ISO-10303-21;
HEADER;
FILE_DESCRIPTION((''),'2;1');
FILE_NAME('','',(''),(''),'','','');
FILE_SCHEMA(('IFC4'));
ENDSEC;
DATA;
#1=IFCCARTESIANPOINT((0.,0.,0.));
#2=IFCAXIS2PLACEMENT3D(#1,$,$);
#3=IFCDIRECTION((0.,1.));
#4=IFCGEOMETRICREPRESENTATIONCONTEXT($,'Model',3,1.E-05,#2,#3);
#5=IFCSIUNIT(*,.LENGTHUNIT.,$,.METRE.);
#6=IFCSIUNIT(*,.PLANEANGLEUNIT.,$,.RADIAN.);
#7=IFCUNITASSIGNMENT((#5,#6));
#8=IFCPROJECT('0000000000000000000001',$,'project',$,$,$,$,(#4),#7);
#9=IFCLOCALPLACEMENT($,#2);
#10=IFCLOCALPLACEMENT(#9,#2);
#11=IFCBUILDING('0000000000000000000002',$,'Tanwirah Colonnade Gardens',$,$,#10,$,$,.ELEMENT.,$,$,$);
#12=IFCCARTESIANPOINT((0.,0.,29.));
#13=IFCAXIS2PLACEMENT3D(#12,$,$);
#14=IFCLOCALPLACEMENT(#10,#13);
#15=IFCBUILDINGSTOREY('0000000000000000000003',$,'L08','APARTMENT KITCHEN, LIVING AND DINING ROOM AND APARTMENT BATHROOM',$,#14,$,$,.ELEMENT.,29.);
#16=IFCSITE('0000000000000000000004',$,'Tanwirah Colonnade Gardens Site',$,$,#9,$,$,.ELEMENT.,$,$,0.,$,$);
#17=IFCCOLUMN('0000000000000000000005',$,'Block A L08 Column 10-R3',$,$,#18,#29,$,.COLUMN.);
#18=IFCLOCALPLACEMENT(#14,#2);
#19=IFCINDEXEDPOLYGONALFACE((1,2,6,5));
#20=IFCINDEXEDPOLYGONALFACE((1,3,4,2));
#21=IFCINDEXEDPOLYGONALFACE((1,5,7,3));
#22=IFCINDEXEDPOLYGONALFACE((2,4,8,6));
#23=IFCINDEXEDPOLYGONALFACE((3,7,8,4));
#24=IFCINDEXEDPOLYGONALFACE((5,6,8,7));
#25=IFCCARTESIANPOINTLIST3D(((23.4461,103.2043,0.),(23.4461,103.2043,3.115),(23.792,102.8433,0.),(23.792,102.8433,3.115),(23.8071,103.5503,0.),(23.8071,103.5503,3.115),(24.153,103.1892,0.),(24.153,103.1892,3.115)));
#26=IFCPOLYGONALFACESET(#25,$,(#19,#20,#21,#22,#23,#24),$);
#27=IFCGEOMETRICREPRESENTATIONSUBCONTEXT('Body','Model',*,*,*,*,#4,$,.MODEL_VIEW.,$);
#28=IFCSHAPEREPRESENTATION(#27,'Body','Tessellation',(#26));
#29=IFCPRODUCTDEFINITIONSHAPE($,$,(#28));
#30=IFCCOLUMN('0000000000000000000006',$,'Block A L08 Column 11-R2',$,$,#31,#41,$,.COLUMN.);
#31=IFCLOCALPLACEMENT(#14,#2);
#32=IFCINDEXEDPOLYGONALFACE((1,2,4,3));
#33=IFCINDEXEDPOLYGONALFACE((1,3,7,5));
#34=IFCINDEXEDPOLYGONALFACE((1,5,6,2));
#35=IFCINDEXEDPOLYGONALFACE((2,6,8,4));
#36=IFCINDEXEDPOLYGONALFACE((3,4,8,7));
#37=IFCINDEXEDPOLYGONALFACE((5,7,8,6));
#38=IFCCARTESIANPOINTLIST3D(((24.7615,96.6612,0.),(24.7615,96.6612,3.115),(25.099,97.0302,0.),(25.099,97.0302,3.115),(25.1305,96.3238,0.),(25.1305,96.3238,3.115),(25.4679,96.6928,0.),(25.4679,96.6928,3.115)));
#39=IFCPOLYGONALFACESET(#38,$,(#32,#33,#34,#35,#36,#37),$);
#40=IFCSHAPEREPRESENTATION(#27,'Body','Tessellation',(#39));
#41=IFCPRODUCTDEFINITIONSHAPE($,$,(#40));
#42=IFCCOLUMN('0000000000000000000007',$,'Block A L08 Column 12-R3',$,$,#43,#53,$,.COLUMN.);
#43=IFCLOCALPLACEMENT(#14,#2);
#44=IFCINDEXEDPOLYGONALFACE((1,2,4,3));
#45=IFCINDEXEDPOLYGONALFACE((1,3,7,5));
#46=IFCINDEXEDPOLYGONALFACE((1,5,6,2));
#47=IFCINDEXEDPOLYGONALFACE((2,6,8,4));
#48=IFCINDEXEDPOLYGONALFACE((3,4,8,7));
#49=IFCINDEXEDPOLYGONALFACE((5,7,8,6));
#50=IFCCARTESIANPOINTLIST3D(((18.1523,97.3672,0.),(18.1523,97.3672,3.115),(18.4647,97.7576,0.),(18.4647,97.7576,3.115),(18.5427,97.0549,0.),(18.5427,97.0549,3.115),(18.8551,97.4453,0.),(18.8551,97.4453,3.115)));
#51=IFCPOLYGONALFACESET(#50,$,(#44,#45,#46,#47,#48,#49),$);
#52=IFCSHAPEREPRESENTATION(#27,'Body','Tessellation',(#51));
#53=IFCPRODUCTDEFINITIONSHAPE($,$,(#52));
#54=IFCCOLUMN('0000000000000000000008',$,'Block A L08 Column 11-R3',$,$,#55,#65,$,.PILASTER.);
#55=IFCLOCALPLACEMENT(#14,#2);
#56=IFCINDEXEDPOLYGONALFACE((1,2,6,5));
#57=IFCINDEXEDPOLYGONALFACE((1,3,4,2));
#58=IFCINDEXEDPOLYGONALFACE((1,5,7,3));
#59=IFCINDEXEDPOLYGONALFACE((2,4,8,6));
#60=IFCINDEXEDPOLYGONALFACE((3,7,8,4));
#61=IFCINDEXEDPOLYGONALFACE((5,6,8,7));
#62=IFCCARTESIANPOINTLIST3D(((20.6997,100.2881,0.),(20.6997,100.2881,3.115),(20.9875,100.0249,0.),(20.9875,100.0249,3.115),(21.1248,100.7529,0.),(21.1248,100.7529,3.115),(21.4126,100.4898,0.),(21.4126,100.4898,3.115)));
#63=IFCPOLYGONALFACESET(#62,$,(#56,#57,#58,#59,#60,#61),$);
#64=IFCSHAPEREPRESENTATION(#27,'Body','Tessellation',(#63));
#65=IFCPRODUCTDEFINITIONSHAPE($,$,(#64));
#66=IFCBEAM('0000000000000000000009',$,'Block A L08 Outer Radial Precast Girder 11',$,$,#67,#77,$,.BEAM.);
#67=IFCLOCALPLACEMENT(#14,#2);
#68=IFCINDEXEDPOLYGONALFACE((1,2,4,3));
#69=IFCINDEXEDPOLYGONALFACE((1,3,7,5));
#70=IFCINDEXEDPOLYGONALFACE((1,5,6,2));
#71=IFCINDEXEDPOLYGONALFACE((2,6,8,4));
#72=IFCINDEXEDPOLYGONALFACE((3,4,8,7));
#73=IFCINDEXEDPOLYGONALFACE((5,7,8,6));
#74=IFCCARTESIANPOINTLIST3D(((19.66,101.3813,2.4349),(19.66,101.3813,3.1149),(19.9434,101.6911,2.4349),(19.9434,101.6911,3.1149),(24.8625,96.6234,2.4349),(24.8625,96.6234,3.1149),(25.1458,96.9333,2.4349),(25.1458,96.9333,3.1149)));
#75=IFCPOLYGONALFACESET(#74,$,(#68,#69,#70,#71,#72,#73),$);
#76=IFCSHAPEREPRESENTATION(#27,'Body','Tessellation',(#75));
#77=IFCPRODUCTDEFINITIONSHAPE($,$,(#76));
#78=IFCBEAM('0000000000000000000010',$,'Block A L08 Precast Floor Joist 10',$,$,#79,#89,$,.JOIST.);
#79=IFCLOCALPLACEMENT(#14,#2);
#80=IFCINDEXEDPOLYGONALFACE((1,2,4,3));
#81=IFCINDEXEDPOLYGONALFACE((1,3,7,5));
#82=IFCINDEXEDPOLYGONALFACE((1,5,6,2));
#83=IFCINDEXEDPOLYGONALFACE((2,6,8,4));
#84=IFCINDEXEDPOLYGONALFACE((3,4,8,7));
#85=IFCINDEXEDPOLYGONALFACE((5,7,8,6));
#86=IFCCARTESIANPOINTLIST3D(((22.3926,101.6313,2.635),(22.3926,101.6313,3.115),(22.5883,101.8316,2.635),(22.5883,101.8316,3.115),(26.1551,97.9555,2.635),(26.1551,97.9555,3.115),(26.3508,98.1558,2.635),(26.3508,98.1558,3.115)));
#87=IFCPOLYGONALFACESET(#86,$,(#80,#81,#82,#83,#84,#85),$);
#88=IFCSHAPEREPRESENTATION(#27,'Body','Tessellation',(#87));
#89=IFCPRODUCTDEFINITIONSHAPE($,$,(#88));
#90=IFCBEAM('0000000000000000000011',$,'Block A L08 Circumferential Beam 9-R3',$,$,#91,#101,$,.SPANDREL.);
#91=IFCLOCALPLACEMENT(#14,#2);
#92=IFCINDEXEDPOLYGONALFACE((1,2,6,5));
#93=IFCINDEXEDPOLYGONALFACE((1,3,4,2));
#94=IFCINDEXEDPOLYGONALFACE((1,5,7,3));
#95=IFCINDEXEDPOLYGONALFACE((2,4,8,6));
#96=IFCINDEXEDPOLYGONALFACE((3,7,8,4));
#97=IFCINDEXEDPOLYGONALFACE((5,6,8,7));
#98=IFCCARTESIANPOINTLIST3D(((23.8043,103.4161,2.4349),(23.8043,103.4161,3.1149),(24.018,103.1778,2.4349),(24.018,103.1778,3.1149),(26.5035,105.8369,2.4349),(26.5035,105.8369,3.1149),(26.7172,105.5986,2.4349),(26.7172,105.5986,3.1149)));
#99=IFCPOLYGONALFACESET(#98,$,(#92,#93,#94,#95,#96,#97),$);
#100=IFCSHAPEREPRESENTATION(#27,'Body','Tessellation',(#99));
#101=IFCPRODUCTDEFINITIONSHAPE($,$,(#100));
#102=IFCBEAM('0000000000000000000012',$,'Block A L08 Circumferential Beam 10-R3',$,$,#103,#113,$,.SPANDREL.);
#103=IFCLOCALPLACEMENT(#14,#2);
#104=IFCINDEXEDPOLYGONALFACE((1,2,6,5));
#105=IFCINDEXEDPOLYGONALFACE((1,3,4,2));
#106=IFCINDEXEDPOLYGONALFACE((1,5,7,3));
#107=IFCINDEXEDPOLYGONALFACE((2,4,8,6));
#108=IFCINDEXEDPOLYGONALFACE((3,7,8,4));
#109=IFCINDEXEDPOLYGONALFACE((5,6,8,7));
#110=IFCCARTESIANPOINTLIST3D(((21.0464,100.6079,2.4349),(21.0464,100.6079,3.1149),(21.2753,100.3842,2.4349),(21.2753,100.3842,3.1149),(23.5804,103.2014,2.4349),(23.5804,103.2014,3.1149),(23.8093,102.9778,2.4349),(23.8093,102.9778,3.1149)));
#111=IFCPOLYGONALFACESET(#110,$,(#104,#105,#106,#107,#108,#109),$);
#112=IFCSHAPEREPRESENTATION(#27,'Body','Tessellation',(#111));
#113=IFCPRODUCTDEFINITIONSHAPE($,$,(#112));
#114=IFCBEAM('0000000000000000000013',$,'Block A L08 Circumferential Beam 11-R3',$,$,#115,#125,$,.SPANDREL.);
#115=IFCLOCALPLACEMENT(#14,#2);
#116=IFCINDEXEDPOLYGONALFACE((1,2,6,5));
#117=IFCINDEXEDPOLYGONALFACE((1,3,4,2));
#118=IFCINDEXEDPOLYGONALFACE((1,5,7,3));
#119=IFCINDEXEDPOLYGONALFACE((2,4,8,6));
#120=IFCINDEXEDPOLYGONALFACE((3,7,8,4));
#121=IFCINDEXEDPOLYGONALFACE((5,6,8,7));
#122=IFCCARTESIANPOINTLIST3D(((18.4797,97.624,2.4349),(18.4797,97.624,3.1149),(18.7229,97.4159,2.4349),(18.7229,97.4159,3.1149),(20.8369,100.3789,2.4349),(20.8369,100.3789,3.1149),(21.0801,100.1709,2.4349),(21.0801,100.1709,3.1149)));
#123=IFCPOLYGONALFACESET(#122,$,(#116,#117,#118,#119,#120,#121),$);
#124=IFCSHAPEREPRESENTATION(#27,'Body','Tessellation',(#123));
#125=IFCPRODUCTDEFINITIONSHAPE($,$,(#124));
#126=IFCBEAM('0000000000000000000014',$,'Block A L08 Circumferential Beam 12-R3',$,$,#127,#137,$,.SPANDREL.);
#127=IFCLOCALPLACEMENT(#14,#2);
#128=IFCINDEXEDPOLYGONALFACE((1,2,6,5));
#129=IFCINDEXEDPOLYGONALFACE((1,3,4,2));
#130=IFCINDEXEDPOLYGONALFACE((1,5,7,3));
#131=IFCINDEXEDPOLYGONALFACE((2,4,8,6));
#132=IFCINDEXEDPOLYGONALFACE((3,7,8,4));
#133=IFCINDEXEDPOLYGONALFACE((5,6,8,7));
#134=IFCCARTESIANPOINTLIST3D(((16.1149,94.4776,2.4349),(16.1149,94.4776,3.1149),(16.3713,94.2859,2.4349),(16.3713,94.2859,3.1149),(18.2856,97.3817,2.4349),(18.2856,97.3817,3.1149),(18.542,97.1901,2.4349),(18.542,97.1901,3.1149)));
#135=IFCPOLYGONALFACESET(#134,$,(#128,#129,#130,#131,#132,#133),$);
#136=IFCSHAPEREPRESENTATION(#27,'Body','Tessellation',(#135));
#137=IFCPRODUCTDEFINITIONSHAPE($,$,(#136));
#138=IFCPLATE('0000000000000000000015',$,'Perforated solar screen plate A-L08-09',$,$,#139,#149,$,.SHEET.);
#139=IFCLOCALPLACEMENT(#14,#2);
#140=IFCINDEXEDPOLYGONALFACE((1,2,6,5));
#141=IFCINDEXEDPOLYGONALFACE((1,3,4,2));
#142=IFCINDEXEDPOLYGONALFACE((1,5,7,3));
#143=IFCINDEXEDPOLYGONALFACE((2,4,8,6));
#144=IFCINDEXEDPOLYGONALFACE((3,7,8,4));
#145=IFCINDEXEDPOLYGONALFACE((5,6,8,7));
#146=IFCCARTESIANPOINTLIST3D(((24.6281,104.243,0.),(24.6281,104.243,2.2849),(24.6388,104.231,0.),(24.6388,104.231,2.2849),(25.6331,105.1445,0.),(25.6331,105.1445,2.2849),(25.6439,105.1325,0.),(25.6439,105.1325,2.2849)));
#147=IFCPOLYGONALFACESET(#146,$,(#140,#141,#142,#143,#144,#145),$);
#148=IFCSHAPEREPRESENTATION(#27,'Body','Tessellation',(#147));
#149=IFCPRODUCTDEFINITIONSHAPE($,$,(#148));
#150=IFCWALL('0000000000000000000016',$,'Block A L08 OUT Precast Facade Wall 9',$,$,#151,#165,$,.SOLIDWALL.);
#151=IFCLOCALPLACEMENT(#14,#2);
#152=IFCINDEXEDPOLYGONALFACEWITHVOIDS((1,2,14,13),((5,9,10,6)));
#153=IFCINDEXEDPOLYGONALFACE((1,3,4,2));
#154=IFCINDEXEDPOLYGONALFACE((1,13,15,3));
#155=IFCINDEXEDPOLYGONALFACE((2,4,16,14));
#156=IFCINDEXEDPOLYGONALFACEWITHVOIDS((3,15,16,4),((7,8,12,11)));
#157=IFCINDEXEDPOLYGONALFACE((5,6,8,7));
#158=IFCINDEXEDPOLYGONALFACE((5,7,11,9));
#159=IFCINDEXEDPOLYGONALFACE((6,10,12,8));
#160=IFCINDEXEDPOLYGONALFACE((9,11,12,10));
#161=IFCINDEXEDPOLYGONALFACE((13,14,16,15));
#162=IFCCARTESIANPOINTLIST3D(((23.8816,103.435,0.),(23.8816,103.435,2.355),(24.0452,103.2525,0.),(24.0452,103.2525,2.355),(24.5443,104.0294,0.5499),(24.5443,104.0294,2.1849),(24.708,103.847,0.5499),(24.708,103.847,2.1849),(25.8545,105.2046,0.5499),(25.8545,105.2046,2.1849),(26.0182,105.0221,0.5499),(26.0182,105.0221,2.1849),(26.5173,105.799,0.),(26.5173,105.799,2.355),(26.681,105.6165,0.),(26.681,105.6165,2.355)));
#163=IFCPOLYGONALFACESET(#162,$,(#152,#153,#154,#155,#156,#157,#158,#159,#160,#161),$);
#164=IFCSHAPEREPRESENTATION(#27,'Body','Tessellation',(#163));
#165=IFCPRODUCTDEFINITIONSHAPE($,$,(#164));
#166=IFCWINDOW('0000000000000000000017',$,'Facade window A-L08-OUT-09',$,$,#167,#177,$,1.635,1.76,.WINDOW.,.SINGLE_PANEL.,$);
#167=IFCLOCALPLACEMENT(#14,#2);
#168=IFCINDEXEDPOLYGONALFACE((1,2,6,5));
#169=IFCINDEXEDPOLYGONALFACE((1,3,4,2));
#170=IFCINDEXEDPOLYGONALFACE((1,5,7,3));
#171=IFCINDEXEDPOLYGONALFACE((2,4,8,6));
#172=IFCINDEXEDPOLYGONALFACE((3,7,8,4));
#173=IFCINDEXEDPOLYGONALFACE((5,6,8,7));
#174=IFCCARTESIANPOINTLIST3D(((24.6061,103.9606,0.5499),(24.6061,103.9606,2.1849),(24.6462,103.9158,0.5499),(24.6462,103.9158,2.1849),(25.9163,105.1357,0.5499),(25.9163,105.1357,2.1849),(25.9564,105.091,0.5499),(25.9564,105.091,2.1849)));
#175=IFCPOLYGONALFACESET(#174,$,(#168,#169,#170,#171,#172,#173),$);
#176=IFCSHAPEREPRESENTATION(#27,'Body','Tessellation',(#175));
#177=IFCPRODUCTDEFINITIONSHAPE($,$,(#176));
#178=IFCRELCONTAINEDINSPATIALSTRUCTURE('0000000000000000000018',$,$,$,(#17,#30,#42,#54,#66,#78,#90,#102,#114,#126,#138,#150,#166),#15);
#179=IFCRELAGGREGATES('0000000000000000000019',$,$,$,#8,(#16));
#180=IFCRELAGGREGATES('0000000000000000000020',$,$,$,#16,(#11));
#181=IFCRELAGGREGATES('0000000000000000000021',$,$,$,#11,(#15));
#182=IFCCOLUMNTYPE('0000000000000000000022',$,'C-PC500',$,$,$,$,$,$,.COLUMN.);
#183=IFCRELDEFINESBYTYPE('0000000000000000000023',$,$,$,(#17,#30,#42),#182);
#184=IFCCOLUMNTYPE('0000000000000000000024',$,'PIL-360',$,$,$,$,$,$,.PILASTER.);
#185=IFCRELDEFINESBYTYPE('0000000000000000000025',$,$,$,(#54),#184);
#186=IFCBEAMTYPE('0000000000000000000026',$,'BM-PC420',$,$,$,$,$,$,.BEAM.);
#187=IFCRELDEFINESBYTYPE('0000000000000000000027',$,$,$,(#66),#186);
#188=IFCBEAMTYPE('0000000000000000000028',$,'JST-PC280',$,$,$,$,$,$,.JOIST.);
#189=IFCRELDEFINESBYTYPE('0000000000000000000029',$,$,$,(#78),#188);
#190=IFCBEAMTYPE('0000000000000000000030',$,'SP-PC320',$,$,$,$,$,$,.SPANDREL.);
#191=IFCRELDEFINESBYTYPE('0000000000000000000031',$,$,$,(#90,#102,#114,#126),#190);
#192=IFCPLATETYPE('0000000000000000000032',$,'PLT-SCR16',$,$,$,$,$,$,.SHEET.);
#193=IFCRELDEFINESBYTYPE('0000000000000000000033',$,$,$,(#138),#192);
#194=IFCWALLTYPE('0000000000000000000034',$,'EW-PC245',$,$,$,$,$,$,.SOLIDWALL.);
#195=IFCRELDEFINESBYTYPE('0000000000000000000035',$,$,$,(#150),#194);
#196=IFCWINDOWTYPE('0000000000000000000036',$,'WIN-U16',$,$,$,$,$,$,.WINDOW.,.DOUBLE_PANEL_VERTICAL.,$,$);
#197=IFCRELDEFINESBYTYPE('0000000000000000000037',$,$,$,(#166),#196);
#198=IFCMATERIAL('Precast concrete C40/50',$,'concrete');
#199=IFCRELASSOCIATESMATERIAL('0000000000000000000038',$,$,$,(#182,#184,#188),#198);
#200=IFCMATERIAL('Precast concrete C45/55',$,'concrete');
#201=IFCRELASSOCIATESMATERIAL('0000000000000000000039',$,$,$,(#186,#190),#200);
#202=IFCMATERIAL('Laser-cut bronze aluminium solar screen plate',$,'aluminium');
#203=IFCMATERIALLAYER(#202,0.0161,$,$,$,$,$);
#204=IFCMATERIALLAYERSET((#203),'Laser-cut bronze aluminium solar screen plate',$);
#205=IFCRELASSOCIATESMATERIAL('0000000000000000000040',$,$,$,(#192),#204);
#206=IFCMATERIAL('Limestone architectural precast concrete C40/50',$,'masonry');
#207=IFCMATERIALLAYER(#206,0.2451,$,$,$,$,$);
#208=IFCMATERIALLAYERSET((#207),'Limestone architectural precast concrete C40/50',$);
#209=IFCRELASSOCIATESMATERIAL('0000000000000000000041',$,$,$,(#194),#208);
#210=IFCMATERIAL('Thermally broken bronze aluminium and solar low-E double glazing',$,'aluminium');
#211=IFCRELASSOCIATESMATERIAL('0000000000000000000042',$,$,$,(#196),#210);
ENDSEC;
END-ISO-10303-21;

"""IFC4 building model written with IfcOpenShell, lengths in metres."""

from ifc_helpers import new_model, si_unit, direction, frame, frame_2d, origin, origin_2d, place, context, subcontext, project, spatial, rectangle, extrude, material, layer, layer_set, material_profile, profile_set, type_object, element, fill, save


model = new_model("IFC4")

# Units and contexts
model_context = context("Model", 3, precision=1e-05, world=origin(), true_north=direction((0.0, 1.0)))
body_context = subcontext(model_context, "Body", "Model", "MODEL_VIEW")
ifc_project = project(units=[si_unit("LENGTHUNIT", "METRE"), si_unit("PLANEANGLEUNIT", "RADIAN")], contexts=[model_context])

# Site, building, storey
site_placement = place(None, origin())
site = spatial("IfcSite", under=ifc_project, at=site_placement, Name="Tanwirah Colonnade Gardens Site", CompositionType="ELEMENT", RefElevation=0.0)
building_placement = place(site_placement, origin())
building = spatial("IfcBuilding", under=site, at=building_placement, Name="Tanwirah Colonnade Gardens", CompositionType="ELEMENT")
storey_placement = place(building_placement, frame((0.0, 0.0, 29.0)))
storey = spatial("IfcBuildingStorey", under=building, at=storey_placement, Name="L08", Description="APARTMENT KITCHEN, LIVING AND DINING ROOM AND APARTMENT BATHROOM", CompositionType="ELEMENT", Elevation=29.0)

# Columns
ifc_material_1 = material(Name="Precast concrete C40/50", Category="concrete")
ifc_material_profile_1 = material_profile(ifc_material_1, rectangle(XDim=0.5, YDim=0.5, at=origin_2d()), Name="PC-COL 500x500")
ifc_profile_set_1 = profile_set([ifc_material_profile_1], Name="Precast concrete C40/50")
column_type_1 = type_object("IfcColumnType", Name="C-PC500", PredefinedType="COLUMN", material=ifc_profile_set_1)
for number, where, z_axis, x_axis, name in (
    (1, (23.7996, 103.1968, 0.0), (0.0, 0.0, 1.0), (-0.691863, 0.722029, 0.0), "Block A L08 Column 10-R3"),
    (2, (25.1147, 96.677, 0.0), (0.0, 0.0, 1.0), (-0.737932, 0.674875, 0.0), "Block A L08 Column 11-R2"),
    (3, (18.5037, 97.4062, 0.0), (0.0, 0.0, 1.0), (-0.780794, 0.624788, 0.0), "Block A L08 Column 12-R3"),
):
    element("IfcColumn", number, at=place(storey_placement, frame(where, z_axis=z_axis, x_axis=x_axis)), inside=storey, type_object=column_type_1, Name=name, PredefinedType="COLUMN", context=body_context, shape_type="SweptSolid", body=[
        extrude(rectangle(XDim=0.5, YDim=0.5, at=origin_2d()), origin(), (0.0, 0.0, 1.0), 3.115),
    ])
ifc_material_profile_2 = material_profile(ifc_material_1, rectangle(XDim=0.3899, YDim=0.6299, at=origin_2d()), Name="PC-PIL 390x630")
ifc_profile_set_2 = profile_set([ifc_material_profile_2], Name="Precast concrete C40/50")
column_type_2 = type_object("IfcColumnType", Name="PIL-360", PredefinedType="PILASTER", material=ifc_profile_set_2)
column_placement = place(storey_placement, frame((21.0562, 100.3889, 0.0), z_axis=(0.0, 0.0, 1.0), x_axis=(-0.737932, 0.674875, 0.0)))
element("IfcColumn", 4, at=column_placement, inside=storey, type_object=column_type_2, Name="Block A L08 Column 11-R3", PredefinedType="PILASTER", context=body_context, shape_type="SweptSolid", body=[
    extrude(rectangle(XDim=0.3899, YDim=0.6299, at=origin_2d()), origin(), (0.0, 0.0, 1.0), 3.115),
])

# Beams
ifc_material_2 = material(Name="Precast concrete C45/55", Category="concrete")
ifc_material_profile_3 = material_profile(ifc_material_2, rectangle(XDim=0.4199, YDim=0.6799, at=origin_2d()), Name="PC-BM 420x680")
ifc_profile_set_3 = profile_set([ifc_material_profile_3], Name="Precast concrete C45/55")
beam_type_1 = type_object("IfcBeamType", Name="BM-PC420", PredefinedType="BEAM", material=ifc_profile_set_3)
beam_1_placement = place(storey_placement, frame((25.0042, 96.7783, 2.7749), z_axis=(-0.737934, 0.674873, 0.0), x_axis=(-0.674873, -0.737934, 0.0)))
element("IfcBeam", 5, at=beam_1_placement, inside=storey, type_object=beam_type_1, Name="Block A L08 Outer Radial Precast Girder 11", PredefinedType="BEAM", context=body_context, shape_type="SweptSolid", body=[
    extrude(rectangle(XDim=0.4199, YDim=0.6799, at=origin_2d()), origin(), (0.0, 0.0, 1.0), 7.05),
])
ifc_material_profile_4 = material_profile(ifc_material_1, rectangle(XDim=0.28, YDim=0.48, at=origin_2d()), Name="PC-JST 280x480")
ifc_profile_set_4 = profile_set([ifc_material_profile_4], Name="Precast concrete C40/50")
beam_type_2 = type_object("IfcBeamType", Name="JST-PC280", PredefinedType="JOIST", material=ifc_profile_set_4)
beam_2_placement = place(storey_placement, frame((26.2529, 98.0557, 2.875), z_axis=(-0.715297, 0.69882, 0.0), x_axis=(-0.69882, -0.715297, 0.0)))
element("IfcBeam", 6, at=beam_2_placement, inside=storey, type_object=beam_type_2, Name="Block A L08 Precast Floor Joist 10", PredefinedType="JOIST", context=body_context, shape_type="SweptSolid", body=[
    extrude(rectangle(XDim=0.28, YDim=0.48, at=origin_2d()), origin(), (0.0, 0.0, 1.0), 5.26),
])
ifc_material_profile_5 = material_profile(ifc_material_2, rectangle(XDim=0.3201, YDim=0.6799, at=origin_2d()), Name="PC-SP 320x680")
ifc_profile_set_5 = profile_set([ifc_material_profile_5], Name="Precast concrete C45/55")
beam_type_3 = type_object("IfcBeamType", Name="SP-PC320", PredefinedType="SPANDREL", material=ifc_profile_set_5)
beam_3_placement = place(storey_placement, frame((26.6104, 105.7178, 2.7749), z_axis=(-0.744445, -0.667684, 0.0), x_axis=(0.667684, -0.744445, 0.0)))
element("IfcBeam", 7, at=beam_3_placement, inside=storey, type_object=beam_type_3, Name="Block A L08 Circumferential Beam 9-R3", PredefinedType="SPANDREL", context=body_context, shape_type="SweptSolid", body=[
    extrude(rectangle(XDim=0.3201, YDim=0.6799, at=origin_2d()), origin(), (0.0, 0.0, 1.0), 3.6257),
])
beam_4_placement = place(storey_placement, frame((23.6948, 103.0896, 2.7749), z_axis=(-0.698844, -0.715274, 0.0), x_axis=(0.715274, -0.698844, 0.0)))
element("IfcBeam", 8, at=beam_4_placement, inside=storey, type_object=beam_type_3, Name="Block A L08 Circumferential Beam 10-R3", PredefinedType="SPANDREL", context=body_context, shape_type="SweptSolid", body=[
    extrude(rectangle(XDim=0.3201, YDim=0.6799, at=origin_2d()), origin(), (0.0, 0.0, 1.0), 3.626),
])
for number, where, z_axis, x_axis, name in (
    (9, (20.9585, 100.2749, 2.7749), (-0.650131, -0.759822, 0.0), (0.759822, -0.650131, 0.0), "Block A L08 Circumferential Beam 11-R3"),
    (10, (18.4138, 97.2859, 2.7749), (-0.598696, -0.800977, 0.0), (0.800977, -0.598696, 0.0), "Block A L08 Circumferential Beam 12-R3"),
):
    element("IfcBeam", number, at=place(storey_placement, frame(where, z_axis=z_axis, x_axis=x_axis)), inside=storey, type_object=beam_type_3, Name=name, PredefinedType="SPANDREL", context=body_context, shape_type="SweptSolid", body=[
        extrude(rectangle(XDim=0.3201, YDim=0.6799, at=origin_2d()), origin(), (0.0, 0.0, 1.0), 3.6257),
    ])

# Plate
ifc_material_3 = material(Name="Laser-cut bronze aluminium solar screen plate", Category="aluminium")
ifc_layer_1 = layer(ifc_material_3, 0.0161)
ifc_layer_set_1 = layer_set([ifc_layer_1], Name="Laser-cut bronze aluminium solar screen plate")
plate_type = type_object("IfcPlateType", Name="PLT-SCR16", PredefinedType="SHEET", material=ifc_layer_set_1)
plate_placement = place(storey_placement, frame((25.136, 104.6877, 0.0), z_axis=(0.0, 0.0, 1.0), x_axis=(-0.74444, -0.66769, 0.0)))
element("IfcPlate", 11, at=plate_placement, inside=storey, type_object=plate_type, Name="Perforated solar screen plate A-L08-09", PredefinedType="SHEET", context=body_context, shape_type="SweptSolid", body=[
    extrude(rectangle(XDim=1.3501, YDim=0.0161, at=origin_2d()), origin(), (0.0, 0.0, 1.0), 2.2849),
])

# Wall, opening, window
ifc_material_4 = material(Name="Limestone architectural precast concrete C40/50", Category="masonry")
ifc_layer_2 = layer(ifc_material_4, 0.2451)
ifc_layer_set_2 = layer_set([ifc_layer_2], Name="Limestone architectural precast concrete C40/50")
wall_type_1 = type_object("IfcWallType", Name="EW-PC245", PredefinedType="SOLIDWALL", material=ifc_layer_set_2)
wall_1_placement = place(storey_placement, frame((26.5991, 105.7078, 0.0), z_axis=(0.0, 0.0, 1.0), x_axis=(-0.744438, -0.667691, 0.0)))
wall_1 = element("IfcWall", 12, at=wall_1_placement, inside=storey, type_object=wall_type_1, Name="Block A L08 OUT Precast Facade Wall 9", PredefinedType="SOLIDWALL", context=body_context, shape_type="SweptSolid", body=[
    extrude(rectangle(XDim=3.5405, YDim=0.2451, at=frame_2d((1.7703, 0.0))), origin(), (0.0, 0.0, 1.0), 2.355),
])
opening_1_placement = place(wall_1_placement, frame((0.8904, 0.0, 0.55)))
opening_1 = element("IfcOpeningElement", 13, at=opening_1_placement, cuts=wall_1, PredefinedType="OPENING", context=body_context, shape_type="SweptSolid", body=[
    extrude(rectangle(XDim=1.76, YDim=1.635, at=frame_2d((0.8799, 0.8174))), frame((0.0, 0.1326, 0.0), z_axis=(0.0, -1.0, 0.0), x_axis=(1.0, 0.0, 0.0)), (0.0, 0.0, 1.0), 0.2651),
])
ifc_material_5 = material(Name="Thermally broken bronze aluminium and solar low-E double glazing", Category="aluminium")
window_type_1 = type_object("IfcWindowType", Name="WIN-U16", PartitioningType="DOUBLE_PANEL_VERTICAL", PredefinedType="WINDOW", material=ifc_material_5)
window_1_placement = place(opening_1_placement, origin())
window_1 = element("IfcWindow", 14, at=window_1_placement, inside=storey, type_object=window_type_1, Name="Facade window A-L08-OUT-09", OverallHeight=1.635, OverallWidth=1.76, PartitioningType="SINGLE_PANEL", PredefinedType="WINDOW", context=body_context, shape_type="SweptSolid", body=[
    extrude(rectangle(XDim=1.76, YDim=1.635, at=frame_2d((0.8799, 0.8174))), frame((0.0, 0.03, 0.0), z_axis=(0.0, -1.0, 0.0), x_axis=(1.0, 0.0, 0.0)), (0.0, 0.0, 1.0), 0.0601),
])
fill(opening_1, window_1)

save(model, "model.ifc")
